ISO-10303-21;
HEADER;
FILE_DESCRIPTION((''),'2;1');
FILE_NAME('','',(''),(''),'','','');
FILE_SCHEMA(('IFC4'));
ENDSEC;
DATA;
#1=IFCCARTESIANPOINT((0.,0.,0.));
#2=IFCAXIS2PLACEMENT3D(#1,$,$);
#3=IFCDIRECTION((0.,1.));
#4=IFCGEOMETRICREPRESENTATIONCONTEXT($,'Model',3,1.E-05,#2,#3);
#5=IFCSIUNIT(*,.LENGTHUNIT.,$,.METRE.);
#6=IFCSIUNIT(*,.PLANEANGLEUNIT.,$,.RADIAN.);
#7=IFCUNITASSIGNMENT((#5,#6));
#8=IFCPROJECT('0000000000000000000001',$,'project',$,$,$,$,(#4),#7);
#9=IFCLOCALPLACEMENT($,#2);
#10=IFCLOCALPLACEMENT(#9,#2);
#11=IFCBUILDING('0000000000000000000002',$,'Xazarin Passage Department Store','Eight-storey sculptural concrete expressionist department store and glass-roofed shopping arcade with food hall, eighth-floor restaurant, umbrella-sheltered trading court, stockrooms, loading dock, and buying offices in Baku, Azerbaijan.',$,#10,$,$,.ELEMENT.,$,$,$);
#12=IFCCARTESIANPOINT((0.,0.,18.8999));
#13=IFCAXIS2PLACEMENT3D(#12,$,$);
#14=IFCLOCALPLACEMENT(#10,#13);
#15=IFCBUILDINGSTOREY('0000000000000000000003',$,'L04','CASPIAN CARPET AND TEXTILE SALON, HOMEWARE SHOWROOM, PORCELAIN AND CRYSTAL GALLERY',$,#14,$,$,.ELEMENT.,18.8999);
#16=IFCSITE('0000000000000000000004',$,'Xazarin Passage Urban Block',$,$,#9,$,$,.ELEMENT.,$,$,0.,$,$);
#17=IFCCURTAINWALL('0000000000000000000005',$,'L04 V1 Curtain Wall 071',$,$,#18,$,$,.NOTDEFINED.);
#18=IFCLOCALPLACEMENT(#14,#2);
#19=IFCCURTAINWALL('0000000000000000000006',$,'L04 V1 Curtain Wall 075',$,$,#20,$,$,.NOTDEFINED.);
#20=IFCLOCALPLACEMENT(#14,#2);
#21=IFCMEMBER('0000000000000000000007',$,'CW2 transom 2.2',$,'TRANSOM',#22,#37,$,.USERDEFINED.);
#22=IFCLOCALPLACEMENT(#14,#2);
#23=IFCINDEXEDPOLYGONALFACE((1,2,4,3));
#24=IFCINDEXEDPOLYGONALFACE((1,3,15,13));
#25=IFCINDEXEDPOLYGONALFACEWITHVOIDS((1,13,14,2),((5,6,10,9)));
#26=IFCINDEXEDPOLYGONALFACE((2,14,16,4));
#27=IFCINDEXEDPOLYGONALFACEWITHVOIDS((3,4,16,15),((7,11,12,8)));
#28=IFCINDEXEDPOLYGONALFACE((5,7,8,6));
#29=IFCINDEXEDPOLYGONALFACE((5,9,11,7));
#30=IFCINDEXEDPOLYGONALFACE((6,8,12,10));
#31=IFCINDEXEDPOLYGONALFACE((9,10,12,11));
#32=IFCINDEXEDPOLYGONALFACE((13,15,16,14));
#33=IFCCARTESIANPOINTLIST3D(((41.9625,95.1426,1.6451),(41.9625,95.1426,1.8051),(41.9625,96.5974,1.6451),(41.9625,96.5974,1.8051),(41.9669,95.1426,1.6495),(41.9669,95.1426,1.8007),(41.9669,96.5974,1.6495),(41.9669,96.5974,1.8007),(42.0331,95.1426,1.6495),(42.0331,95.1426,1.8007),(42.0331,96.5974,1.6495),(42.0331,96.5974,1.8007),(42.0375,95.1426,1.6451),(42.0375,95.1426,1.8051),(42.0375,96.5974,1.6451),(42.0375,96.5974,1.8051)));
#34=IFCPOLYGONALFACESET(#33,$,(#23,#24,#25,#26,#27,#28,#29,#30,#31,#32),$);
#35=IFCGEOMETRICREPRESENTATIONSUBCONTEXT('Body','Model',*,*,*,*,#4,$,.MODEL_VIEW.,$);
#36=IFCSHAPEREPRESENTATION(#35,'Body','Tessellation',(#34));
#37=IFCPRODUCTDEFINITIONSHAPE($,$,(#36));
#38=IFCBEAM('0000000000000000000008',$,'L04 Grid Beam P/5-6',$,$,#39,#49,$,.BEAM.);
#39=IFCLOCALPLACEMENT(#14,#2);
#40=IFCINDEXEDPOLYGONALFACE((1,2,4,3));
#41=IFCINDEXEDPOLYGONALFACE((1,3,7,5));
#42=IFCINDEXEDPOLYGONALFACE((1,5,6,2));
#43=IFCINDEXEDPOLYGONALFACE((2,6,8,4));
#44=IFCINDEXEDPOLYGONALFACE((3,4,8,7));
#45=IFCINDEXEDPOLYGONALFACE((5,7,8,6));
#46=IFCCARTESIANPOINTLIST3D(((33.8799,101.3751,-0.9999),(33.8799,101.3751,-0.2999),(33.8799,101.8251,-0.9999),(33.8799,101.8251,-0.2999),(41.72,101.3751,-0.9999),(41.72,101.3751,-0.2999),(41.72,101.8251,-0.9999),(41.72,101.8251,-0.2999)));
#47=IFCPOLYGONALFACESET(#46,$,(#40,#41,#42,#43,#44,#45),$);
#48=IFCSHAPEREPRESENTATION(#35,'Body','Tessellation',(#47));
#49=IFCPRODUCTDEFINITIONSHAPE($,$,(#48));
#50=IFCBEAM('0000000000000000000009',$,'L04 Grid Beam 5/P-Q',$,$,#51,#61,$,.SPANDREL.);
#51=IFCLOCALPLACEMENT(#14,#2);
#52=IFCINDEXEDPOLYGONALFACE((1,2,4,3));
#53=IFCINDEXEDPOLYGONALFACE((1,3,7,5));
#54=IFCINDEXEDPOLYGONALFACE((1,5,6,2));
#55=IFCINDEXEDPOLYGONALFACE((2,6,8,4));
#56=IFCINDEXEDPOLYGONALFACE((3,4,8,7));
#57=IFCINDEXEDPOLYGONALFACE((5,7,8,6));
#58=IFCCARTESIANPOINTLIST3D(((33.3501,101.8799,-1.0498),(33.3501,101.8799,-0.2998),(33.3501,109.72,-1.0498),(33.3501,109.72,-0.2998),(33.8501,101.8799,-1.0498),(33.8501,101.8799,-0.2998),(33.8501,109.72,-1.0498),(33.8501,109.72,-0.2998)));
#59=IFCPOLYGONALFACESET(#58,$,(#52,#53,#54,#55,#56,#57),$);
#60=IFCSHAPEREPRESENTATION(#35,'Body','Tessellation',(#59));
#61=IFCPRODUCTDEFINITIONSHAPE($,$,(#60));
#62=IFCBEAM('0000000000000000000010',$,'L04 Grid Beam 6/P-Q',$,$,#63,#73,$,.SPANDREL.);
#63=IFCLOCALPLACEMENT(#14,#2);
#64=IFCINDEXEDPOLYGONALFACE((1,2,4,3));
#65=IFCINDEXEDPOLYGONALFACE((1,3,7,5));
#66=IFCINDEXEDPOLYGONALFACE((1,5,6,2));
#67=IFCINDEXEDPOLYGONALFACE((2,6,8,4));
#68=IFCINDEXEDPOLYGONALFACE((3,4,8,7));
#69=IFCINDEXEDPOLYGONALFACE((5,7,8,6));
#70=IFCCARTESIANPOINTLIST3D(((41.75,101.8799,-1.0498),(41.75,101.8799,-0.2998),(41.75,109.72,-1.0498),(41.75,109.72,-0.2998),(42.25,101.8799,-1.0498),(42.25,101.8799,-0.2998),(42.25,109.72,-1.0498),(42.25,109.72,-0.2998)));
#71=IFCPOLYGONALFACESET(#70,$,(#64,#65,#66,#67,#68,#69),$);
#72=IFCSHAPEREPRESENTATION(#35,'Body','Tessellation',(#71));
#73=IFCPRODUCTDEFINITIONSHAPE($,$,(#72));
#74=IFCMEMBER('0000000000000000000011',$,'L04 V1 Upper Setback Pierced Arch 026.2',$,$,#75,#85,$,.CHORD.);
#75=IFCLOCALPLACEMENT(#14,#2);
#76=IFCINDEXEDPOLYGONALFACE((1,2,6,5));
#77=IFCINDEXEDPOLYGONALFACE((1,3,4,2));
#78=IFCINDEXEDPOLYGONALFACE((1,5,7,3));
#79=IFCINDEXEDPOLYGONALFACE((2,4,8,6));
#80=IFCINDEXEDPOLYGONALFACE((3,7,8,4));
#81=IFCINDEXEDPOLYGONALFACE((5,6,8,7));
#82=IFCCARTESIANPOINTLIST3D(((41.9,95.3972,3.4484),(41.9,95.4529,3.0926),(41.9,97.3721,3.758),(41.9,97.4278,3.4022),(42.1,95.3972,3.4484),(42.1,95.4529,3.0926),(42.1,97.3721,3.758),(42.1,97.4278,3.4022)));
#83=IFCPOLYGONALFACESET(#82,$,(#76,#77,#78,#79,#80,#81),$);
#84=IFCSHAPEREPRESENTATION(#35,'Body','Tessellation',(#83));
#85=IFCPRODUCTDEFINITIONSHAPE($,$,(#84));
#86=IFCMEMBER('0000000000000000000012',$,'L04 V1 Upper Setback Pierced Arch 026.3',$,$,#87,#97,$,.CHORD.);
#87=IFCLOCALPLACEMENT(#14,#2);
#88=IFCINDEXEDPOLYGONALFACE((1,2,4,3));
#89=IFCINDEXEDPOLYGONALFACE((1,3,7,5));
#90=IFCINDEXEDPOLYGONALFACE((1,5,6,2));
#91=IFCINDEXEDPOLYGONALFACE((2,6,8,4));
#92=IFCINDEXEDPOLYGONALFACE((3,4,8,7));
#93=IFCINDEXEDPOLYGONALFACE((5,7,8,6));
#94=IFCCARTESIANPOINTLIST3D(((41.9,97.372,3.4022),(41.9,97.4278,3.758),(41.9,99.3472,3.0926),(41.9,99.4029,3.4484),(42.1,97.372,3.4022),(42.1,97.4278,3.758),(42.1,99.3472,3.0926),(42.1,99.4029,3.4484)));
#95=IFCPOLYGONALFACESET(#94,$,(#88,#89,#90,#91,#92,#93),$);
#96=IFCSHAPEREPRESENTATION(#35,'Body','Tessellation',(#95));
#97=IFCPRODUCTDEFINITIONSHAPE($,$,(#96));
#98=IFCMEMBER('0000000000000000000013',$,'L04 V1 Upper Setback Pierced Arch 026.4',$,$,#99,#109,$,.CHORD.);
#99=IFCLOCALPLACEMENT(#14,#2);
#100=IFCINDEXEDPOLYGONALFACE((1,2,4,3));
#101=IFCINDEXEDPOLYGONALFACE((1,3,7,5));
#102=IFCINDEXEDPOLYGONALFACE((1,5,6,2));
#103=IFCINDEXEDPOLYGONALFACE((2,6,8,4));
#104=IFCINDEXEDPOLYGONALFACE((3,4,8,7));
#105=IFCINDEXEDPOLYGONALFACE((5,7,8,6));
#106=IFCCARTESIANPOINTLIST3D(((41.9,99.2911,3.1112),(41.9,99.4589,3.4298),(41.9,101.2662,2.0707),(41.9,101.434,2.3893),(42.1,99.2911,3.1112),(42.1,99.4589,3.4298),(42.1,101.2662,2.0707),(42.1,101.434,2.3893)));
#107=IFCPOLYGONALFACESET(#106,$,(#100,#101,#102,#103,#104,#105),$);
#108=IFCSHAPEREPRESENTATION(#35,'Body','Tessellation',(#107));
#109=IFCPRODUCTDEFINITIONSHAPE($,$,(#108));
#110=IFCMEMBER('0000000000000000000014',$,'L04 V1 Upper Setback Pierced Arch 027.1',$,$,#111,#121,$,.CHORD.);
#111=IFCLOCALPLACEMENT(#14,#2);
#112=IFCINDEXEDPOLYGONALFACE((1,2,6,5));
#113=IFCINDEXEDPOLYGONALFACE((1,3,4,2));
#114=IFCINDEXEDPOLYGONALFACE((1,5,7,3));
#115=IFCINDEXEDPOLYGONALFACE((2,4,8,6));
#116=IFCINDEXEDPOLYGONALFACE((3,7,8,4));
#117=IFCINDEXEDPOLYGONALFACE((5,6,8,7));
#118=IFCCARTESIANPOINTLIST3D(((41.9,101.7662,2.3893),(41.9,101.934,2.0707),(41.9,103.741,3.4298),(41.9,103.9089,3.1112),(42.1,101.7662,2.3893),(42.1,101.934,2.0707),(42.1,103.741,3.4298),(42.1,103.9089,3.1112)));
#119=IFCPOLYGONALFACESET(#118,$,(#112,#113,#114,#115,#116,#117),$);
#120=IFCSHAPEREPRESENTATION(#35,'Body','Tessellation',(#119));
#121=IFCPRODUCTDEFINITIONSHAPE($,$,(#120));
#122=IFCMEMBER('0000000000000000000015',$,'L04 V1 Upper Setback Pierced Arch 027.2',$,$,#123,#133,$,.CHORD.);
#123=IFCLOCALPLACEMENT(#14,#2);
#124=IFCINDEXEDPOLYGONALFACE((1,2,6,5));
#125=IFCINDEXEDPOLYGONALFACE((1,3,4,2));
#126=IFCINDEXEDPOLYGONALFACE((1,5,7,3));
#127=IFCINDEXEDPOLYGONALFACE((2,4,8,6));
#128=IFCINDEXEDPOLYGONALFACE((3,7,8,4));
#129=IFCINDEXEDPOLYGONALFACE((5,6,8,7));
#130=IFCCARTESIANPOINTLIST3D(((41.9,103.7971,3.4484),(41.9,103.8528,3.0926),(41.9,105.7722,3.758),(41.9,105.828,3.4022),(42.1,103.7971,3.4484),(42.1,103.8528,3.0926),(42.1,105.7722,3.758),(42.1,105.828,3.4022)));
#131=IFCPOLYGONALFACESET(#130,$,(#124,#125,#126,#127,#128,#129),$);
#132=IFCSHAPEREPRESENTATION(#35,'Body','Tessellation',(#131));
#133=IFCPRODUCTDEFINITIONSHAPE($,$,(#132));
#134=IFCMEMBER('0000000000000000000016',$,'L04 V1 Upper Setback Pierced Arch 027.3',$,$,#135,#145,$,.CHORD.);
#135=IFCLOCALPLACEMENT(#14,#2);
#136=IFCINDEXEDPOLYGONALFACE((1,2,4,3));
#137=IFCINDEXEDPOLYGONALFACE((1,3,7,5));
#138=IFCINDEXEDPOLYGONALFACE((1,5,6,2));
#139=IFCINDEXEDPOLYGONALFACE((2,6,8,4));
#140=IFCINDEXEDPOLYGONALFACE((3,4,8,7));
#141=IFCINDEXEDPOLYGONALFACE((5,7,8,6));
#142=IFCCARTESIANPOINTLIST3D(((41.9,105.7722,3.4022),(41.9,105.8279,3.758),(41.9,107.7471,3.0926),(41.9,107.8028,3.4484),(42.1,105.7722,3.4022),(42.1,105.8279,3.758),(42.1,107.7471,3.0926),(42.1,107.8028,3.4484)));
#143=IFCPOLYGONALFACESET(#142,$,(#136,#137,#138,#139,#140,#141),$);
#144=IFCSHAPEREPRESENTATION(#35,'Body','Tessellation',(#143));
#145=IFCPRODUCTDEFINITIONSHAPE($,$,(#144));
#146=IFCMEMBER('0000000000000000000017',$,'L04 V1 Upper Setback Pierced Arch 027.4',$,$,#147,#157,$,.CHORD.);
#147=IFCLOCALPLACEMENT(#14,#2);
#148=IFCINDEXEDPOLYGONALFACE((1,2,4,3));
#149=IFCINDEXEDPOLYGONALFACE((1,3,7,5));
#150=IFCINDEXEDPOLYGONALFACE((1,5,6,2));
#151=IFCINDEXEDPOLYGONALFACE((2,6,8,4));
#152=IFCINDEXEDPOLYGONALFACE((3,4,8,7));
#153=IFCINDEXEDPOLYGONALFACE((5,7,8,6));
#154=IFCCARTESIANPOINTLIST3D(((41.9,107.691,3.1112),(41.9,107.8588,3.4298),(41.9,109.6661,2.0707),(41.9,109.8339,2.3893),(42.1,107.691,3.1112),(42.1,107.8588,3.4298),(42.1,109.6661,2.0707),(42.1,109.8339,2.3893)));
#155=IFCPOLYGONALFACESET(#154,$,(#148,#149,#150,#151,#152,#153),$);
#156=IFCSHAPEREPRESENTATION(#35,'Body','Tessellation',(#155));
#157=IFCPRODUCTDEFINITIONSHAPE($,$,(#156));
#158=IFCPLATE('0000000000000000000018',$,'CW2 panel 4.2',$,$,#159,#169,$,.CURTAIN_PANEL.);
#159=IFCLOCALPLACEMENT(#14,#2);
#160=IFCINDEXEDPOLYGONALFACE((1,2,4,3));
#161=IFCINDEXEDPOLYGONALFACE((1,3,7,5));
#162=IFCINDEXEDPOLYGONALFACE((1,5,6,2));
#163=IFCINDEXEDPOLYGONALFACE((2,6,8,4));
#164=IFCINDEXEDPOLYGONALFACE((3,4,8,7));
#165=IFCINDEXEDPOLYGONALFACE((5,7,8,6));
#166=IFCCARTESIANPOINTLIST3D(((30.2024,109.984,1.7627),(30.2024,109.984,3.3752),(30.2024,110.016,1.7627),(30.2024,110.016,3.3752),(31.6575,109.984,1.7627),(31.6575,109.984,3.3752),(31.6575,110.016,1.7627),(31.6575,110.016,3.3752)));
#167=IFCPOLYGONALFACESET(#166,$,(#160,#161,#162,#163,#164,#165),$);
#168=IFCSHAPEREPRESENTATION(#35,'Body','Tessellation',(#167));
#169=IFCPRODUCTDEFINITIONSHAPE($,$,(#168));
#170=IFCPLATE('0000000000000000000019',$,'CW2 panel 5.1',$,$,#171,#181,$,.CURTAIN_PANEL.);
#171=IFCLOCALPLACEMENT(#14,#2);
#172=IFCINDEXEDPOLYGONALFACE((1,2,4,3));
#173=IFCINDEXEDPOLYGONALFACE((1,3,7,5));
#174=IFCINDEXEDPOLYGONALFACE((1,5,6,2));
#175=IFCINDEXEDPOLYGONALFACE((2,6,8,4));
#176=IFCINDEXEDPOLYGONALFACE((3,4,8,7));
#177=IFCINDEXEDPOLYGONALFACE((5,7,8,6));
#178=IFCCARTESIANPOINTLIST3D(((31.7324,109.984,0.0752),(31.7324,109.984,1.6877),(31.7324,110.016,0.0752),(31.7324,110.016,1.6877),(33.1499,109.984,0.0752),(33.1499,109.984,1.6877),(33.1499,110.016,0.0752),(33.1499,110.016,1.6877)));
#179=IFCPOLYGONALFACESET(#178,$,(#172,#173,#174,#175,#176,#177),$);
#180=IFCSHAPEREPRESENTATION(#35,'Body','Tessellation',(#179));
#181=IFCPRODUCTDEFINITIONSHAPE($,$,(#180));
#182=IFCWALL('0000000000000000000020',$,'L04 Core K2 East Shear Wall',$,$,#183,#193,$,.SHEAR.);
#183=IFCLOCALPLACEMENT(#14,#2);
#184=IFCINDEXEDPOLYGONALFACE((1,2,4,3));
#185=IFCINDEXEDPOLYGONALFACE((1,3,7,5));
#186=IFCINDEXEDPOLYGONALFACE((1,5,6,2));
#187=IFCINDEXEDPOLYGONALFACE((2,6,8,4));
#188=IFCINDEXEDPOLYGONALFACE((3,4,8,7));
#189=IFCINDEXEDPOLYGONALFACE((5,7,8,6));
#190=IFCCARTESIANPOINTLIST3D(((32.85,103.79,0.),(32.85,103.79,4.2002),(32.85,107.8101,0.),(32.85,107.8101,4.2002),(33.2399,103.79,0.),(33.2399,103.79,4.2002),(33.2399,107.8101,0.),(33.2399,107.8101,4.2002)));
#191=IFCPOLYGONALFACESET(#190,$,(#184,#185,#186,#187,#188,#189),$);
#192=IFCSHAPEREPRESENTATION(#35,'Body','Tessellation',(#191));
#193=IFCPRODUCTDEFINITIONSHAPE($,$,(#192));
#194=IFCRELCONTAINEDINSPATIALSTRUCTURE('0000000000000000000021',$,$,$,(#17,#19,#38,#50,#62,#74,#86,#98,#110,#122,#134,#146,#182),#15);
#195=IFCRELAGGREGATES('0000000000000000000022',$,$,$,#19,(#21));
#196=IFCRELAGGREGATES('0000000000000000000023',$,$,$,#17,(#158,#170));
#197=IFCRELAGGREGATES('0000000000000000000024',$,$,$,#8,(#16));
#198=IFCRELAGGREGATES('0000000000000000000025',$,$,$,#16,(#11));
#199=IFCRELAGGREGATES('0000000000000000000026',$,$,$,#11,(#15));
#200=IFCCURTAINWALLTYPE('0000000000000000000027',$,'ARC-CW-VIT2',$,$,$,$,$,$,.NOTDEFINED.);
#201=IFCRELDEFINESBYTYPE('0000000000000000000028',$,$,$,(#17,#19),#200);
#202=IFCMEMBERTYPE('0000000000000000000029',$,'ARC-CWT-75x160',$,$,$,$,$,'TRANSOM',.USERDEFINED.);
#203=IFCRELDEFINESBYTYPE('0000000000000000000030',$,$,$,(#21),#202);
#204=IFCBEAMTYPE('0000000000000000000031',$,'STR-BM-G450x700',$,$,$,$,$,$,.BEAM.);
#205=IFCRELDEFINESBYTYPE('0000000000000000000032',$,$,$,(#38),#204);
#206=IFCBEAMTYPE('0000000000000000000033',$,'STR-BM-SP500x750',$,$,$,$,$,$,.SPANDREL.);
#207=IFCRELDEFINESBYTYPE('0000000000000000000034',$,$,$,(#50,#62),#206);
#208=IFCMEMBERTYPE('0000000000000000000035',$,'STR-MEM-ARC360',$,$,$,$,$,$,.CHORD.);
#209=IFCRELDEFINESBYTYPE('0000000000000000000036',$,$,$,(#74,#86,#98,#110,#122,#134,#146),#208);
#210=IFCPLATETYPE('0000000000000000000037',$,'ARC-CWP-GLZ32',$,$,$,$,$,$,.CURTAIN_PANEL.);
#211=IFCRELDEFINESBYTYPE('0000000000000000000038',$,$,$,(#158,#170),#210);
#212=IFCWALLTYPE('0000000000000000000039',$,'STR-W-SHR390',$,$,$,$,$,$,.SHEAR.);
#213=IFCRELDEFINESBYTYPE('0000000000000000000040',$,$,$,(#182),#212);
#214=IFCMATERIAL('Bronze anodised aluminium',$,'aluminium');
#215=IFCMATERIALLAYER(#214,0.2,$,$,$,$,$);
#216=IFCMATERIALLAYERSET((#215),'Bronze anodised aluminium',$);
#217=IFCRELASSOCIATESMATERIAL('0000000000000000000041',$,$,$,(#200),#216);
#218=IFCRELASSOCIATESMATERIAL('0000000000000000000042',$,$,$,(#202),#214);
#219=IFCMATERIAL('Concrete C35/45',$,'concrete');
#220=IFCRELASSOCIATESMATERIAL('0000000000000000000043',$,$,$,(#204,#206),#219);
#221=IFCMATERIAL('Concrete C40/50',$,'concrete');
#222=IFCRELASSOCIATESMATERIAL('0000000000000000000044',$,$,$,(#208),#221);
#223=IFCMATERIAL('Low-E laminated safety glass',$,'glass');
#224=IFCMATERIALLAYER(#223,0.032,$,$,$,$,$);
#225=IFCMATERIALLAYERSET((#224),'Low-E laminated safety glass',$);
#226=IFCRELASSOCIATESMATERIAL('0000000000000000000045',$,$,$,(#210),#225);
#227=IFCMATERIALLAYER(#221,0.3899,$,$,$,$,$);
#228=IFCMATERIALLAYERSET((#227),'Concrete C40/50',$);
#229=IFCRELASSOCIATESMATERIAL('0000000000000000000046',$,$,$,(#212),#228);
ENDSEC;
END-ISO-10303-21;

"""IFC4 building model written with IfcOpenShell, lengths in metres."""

from ifc_helpers import new_model, si_unit, direction, frame, frame_2d, origin, origin_2d, place, context, subcontext, project, spatial, rectangle, hollow_rectangle, extrude, material, layer, layer_set, material_profile, profile_set, type_object, element, aggregate, save


model = new_model("IFC4")

# Units and contexts
model_context = context("Model", 3, precision=1e-05, world=origin(), true_north=direction((0.0, 1.0)))
body_context = subcontext(model_context, "Body", "Model", "MODEL_VIEW")
ifc_project = project(units=[si_unit("LENGTHUNIT", "METRE"), si_unit("PLANEANGLEUNIT", "RADIAN")], contexts=[model_context])

# Site, building, storey
site_placement = place(None, origin())
site = spatial("IfcSite", under=ifc_project, at=site_placement, Name="Xazarin Passage Urban Block", CompositionType="ELEMENT", RefElevation=0.0)
building_placement = place(site_placement, origin())
building = spatial("IfcBuilding", under=site, at=building_placement, Name="Xazarin Passage Department Store", Description="Eight-storey sculptural concrete expressionist department store and glass-roofed shopping arcade with food hall, eighth-floor restaurant, umbrella-sheltered trading court, stockrooms, loading dock, and buying offices in Baku, Azerbaijan.", CompositionType="ELEMENT")
storey_placement = place(building_placement, frame((0.0, 0.0, 18.8999)))
storey = spatial("IfcBuildingStorey", under=building, at=storey_placement, Name="L04", Description="CASPIAN CARPET AND TEXTILE SALON, HOMEWARE SHOWROOM, PORCELAIN AND CRYSTAL GALLERY", CompositionType="ELEMENT", Elevation=18.8999)

# Shared definitions
ifc_material_1 = material(Name="Concrete C40/50", Category="concrete")

# Curtain wall
ifc_material_2 = material(Name="Bronze anodised aluminium", Category="aluminium")
ifc_layer_1 = layer(ifc_material_2, 0.2)
ifc_layer_set_1 = layer_set([ifc_layer_1], Name="Bronze anodised aluminium")
curtain_wall_type = type_object("IfcCurtainWallType", Name="ARC-CW-VIT2", PredefinedType="NOTDEFINED", material=ifc_layer_set_1)
curtain_wall_1_placement = place(storey_placement, origin())
curtain_wall_1 = element("IfcCurtainWall", 1, at=curtain_wall_1_placement, inside=storey, type_object=curtain_wall_type, Name="L04 V1 Curtain Wall 071", PredefinedType="NOTDEFINED")

# Curtain wall
curtain_wall_2_placement = place(storey_placement, origin())
curtain_wall_2 = element("IfcCurtainWall", 2, at=curtain_wall_2_placement, inside=storey, type_object=curtain_wall_type, Name="L04 V1 Curtain Wall 075", PredefinedType="NOTDEFINED")

# Member
ifc_material_profile_1 = material_profile(ifc_material_2, hollow_rectangle(XDim=0.075, YDim=0.1599, WallThickness=0.0044, at=origin_2d()), Name="ALU 75x160")
ifc_profile_set_1 = profile_set([ifc_material_profile_1], Name="Bronze anodised aluminium")
member_type_1 = type_object("IfcMemberType", Name="ARC-CWT-75x160", ElementType="TRANSOM", PredefinedType="USERDEFINED", material=ifc_profile_set_1)
member_1_placement = place(storey_placement, frame((42.0, 95.1426, 1.7251), z_axis=(0.0, 1.0, 0.0), x_axis=(-1.0, 0.0, 0.0)))
member_1 = element("IfcMember", 3, at=member_1_placement, type_object=member_type_1, Name="CW2 transom 2.2", ObjectType="TRANSOM", PredefinedType="USERDEFINED", context=body_context, shape_type="SweptSolid", body=[
    extrude(hollow_rectangle(XDim=0.075, YDim=0.1599, WallThickness=0.0044, at=origin_2d()), origin(), (0.0, 0.0, 1.0), 1.4548),
])
aggregate(curtain_wall_2, [member_1])

# Beams
ifc_material_3 = material(Name="Concrete C35/45", Category="concrete")
ifc_material_profile_2 = material_profile(ifc_material_3, rectangle(XDim=0.45, YDim=0.7, at=origin_2d()), Name="RC 450x700")
ifc_profile_set_2 = profile_set([ifc_material_profile_2], Name="Concrete C35/45")
beam_type_1 = type_object("IfcBeamType", Name="STR-BM-G450x700", PredefinedType="BEAM", material=ifc_profile_set_2)
beam_placement = place(storey_placement, frame((33.8799, 101.6001, -0.6499), z_axis=(1.0, 0.0, 0.0), x_axis=(0.0, 1.0, 0.0)))
element("IfcBeam", 4, at=beam_placement, inside=storey, type_object=beam_type_1, Name="L04 Grid Beam P/5-6", PredefinedType="BEAM", context=body_context, shape_type="SweptSolid", body=[
    extrude(rectangle(XDim=0.45, YDim=0.7, at=origin_2d()), origin(), (0.0, 0.0, 1.0), 7.8401),
])
ifc_material_profile_3 = material_profile(ifc_material_3, rectangle(XDim=0.5, YDim=0.75, at=origin_2d()), Name="RC 500x750")
ifc_profile_set_3 = profile_set([ifc_material_profile_3], Name="Concrete C35/45")
beam_type_2 = type_object("IfcBeamType", Name="STR-BM-SP500x750", PredefinedType="SPANDREL", material=ifc_profile_set_3)
for number, where, z_axis, x_axis, name in (
    (5, (33.6001, 101.8799, -0.6748), (0.0, 1.0, 0.0), (-1.0, 0.0, 0.0), "L04 Grid Beam 5/P-Q"),
    (6, (42.0, 101.8799, -0.6748), (0.0, 1.0, 0.0), (-1.0, 0.0, 0.0), "L04 Grid Beam 6/P-Q"),
):
    element("IfcBeam", number, at=place(storey_placement, frame(where, z_axis=z_axis, x_axis=x_axis)), inside=storey, type_object=beam_type_2, Name=name, PredefinedType="SPANDREL", context=body_context, shape_type="SweptSolid", body=[
        extrude(rectangle(XDim=0.5, YDim=0.75, at=origin_2d()), origin(), (0.0, 0.0, 1.0), 7.8401),
    ])

# Members
ifc_material_profile_4 = material_profile(ifc_material_1, rectangle(XDim=0.2, YDim=0.3601, at=origin_2d()), Name="RC 200x360")
ifc_profile_set_4 = profile_set([ifc_material_profile_4], Name="Concrete C40/50")
member_type_2 = type_object("IfcMemberType", Name="STR-MEM-ARC360", PredefinedType="CHORD", material=ifc_profile_set_4)
member_2_placement = place(storey_placement, frame((42.0, 95.425, 3.2705), z_axis=(0.0, 0.987936, 0.154865), x_axis=(-1.0, 0.0, 0.0)))
element("IfcMember", 7, at=member_2_placement, inside=storey, type_object=member_type_2, Name="L04 V1 Upper Setback Pierced Arch 026.2", PredefinedType="CHORD", context=body_context, shape_type="SweptSolid", body=[
    extrude(rectangle(XDim=0.2, YDim=0.3601, at=origin_2d()), origin(), (0.0, 0.0, 1.0), 1.999),
])
member_3_placement = place(storey_placement, frame((42.0, 97.3999, 3.5801), z_axis=(0.0, 0.987939, -0.154846), x_axis=(-1.0, 0.0, 0.0)))
element("IfcMember", 8, at=member_3_placement, inside=storey, type_object=member_type_2, Name="L04 V1 Upper Setback Pierced Arch 026.3", PredefinedType="CHORD", context=body_context, shape_type="SweptSolid", body=[
    extrude(rectangle(XDim=0.2, YDim=0.3601, at=origin_2d()), origin(), (0.0, 0.0, 1.0), 1.9993),
])
member_4_placement = place(storey_placement, frame((42.0, 99.375, 3.2705), z_axis=(0.0, 0.884733, -0.466098), x_axis=(-1.0, 0.0, 0.0)))
element("IfcMember", 9, at=member_4_placement, inside=storey, type_object=member_type_2, Name="L04 V1 Upper Setback Pierced Arch 026.4", PredefinedType="CHORD", context=body_context, shape_type="SweptSolid", body=[
    extrude(rectangle(XDim=0.2, YDim=0.3601, at=origin_2d()), origin(), (0.0, 0.0, 1.0), 2.2324),
])
member_5_placement = place(storey_placement, frame((42.0, 101.8501, 2.23), z_axis=(0.0, 0.884709, 0.466143), x_axis=(-1.0, 0.0, 0.0)))
element("IfcMember", 10, at=member_5_placement, inside=storey, type_object=member_type_2, Name="L04 V1 Upper Setback Pierced Arch 027.1", PredefinedType="CHORD", context=body_context, shape_type="SweptSolid", body=[
    extrude(rectangle(XDim=0.2, YDim=0.3601, at=origin_2d()), origin(), (0.0, 0.0, 1.0), 2.2322),
])
member_6_placement = place(storey_placement, frame((42.0, 103.825, 3.2705), z_axis=(0.0, 0.987939, 0.154846), x_axis=(-1.0, 0.0, 0.0)))
element("IfcMember", 11, at=member_6_placement, inside=storey, type_object=member_type_2, Name="L04 V1 Upper Setback Pierced Arch 027.2", PredefinedType="CHORD", context=body_context, shape_type="SweptSolid", body=[
    extrude(rectangle(XDim=0.2, YDim=0.3601, at=origin_2d()), origin(), (0.0, 0.0, 1.0), 1.9993),
])
member_7_placement = place(storey_placement, frame((42.0, 105.8, 3.5801), z_axis=(0.0, 0.987936, -0.154865), x_axis=(-1.0, 0.0, 0.0)))
element("IfcMember", 12, at=member_7_placement, inside=storey, type_object=member_type_2, Name="L04 V1 Upper Setback Pierced Arch 027.3", PredefinedType="CHORD", context=body_context, shape_type="SweptSolid", body=[
    extrude(rectangle(XDim=0.2, YDim=0.3601, at=origin_2d()), origin(), (0.0, 0.0, 1.0), 1.999),
])
member_8_placement = place(storey_placement, frame((42.0, 107.7749, 3.2705), z_axis=(0.0, 0.884733, -0.466098), x_axis=(-1.0, 0.0, 0.0)))
element("IfcMember", 13, at=member_8_placement, inside=storey, type_object=member_type_2, Name="L04 V1 Upper Setback Pierced Arch 027.4", PredefinedType="CHORD", context=body_context, shape_type="SweptSolid", body=[
    extrude(rectangle(XDim=0.2, YDim=0.3601, at=origin_2d()), origin(), (0.0, 0.0, 1.0), 2.2324),
])

# Plates
ifc_material_4 = material(Name="Low-E laminated safety glass", Category="glass")
ifc_layer_2 = layer(ifc_material_4, 0.032)
ifc_layer_set_2 = layer_set([ifc_layer_2], Name="Low-E laminated safety glass")
plate_type = type_object("IfcPlateType", Name="ARC-CWP-GLZ32", PredefinedType="CURTAIN_PANEL", material=ifc_layer_set_2)
plate_1_placement = place(storey_placement, frame((30.9299, 110.0, 1.7627), z_axis=(0.0, 0.0, 1.0), x_axis=(1.0, 0.0, 0.0)))
plate_1 = element("IfcPlate", 14, at=plate_1_placement, type_object=plate_type, Name="CW2 panel 4.2", PredefinedType="CURTAIN_PANEL", context=body_context, shape_type="SweptSolid", body=[
    extrude(rectangle(XDim=1.4551, YDim=0.032, at=origin_2d()), origin(), (0.0, 0.0, 1.0), 1.6125),
])
plate_2_placement = place(storey_placement, frame((32.4412, 110.0, 0.0752), z_axis=(0.0, 0.0, 1.0), x_axis=(1.0, 0.0, 0.0)))
plate_2 = element("IfcPlate", 15, at=plate_2_placement, type_object=plate_type, Name="CW2 panel 5.1", PredefinedType="CURTAIN_PANEL", context=body_context, shape_type="SweptSolid", body=[
    extrude(rectangle(XDim=1.4175, YDim=0.032, at=origin_2d()), origin(), (0.0, 0.0, 1.0), 1.6125),
])
aggregate(curtain_wall_1, [plate_1, plate_2])

# Wall
ifc_layer_3 = layer(ifc_material_1, 0.3899)
ifc_layer_set_3 = layer_set([ifc_layer_3], Name="Concrete C40/50")
wall_type = type_object("IfcWallType", Name="STR-W-SHR390", PredefinedType="SHEAR", material=ifc_layer_set_3)
wall_placement = place(storey_placement, frame((33.0449, 103.79, 0.0), z_axis=(0.0, 0.0, 1.0), x_axis=(0.0, 1.0, 0.0)))
element("IfcWall", 16, at=wall_placement, inside=storey, type_object=wall_type, Name="L04 Core K2 East Shear Wall", PredefinedType="SHEAR", context=body_context, shape_type="SweptSolid", body=[
    extrude(rectangle(XDim=4.02, YDim=0.3899, at=frame_2d((2.01, 0.0))), origin(), (0.0, 0.0, 1.0), 4.2002),
])

save(model, "model.ifc")
